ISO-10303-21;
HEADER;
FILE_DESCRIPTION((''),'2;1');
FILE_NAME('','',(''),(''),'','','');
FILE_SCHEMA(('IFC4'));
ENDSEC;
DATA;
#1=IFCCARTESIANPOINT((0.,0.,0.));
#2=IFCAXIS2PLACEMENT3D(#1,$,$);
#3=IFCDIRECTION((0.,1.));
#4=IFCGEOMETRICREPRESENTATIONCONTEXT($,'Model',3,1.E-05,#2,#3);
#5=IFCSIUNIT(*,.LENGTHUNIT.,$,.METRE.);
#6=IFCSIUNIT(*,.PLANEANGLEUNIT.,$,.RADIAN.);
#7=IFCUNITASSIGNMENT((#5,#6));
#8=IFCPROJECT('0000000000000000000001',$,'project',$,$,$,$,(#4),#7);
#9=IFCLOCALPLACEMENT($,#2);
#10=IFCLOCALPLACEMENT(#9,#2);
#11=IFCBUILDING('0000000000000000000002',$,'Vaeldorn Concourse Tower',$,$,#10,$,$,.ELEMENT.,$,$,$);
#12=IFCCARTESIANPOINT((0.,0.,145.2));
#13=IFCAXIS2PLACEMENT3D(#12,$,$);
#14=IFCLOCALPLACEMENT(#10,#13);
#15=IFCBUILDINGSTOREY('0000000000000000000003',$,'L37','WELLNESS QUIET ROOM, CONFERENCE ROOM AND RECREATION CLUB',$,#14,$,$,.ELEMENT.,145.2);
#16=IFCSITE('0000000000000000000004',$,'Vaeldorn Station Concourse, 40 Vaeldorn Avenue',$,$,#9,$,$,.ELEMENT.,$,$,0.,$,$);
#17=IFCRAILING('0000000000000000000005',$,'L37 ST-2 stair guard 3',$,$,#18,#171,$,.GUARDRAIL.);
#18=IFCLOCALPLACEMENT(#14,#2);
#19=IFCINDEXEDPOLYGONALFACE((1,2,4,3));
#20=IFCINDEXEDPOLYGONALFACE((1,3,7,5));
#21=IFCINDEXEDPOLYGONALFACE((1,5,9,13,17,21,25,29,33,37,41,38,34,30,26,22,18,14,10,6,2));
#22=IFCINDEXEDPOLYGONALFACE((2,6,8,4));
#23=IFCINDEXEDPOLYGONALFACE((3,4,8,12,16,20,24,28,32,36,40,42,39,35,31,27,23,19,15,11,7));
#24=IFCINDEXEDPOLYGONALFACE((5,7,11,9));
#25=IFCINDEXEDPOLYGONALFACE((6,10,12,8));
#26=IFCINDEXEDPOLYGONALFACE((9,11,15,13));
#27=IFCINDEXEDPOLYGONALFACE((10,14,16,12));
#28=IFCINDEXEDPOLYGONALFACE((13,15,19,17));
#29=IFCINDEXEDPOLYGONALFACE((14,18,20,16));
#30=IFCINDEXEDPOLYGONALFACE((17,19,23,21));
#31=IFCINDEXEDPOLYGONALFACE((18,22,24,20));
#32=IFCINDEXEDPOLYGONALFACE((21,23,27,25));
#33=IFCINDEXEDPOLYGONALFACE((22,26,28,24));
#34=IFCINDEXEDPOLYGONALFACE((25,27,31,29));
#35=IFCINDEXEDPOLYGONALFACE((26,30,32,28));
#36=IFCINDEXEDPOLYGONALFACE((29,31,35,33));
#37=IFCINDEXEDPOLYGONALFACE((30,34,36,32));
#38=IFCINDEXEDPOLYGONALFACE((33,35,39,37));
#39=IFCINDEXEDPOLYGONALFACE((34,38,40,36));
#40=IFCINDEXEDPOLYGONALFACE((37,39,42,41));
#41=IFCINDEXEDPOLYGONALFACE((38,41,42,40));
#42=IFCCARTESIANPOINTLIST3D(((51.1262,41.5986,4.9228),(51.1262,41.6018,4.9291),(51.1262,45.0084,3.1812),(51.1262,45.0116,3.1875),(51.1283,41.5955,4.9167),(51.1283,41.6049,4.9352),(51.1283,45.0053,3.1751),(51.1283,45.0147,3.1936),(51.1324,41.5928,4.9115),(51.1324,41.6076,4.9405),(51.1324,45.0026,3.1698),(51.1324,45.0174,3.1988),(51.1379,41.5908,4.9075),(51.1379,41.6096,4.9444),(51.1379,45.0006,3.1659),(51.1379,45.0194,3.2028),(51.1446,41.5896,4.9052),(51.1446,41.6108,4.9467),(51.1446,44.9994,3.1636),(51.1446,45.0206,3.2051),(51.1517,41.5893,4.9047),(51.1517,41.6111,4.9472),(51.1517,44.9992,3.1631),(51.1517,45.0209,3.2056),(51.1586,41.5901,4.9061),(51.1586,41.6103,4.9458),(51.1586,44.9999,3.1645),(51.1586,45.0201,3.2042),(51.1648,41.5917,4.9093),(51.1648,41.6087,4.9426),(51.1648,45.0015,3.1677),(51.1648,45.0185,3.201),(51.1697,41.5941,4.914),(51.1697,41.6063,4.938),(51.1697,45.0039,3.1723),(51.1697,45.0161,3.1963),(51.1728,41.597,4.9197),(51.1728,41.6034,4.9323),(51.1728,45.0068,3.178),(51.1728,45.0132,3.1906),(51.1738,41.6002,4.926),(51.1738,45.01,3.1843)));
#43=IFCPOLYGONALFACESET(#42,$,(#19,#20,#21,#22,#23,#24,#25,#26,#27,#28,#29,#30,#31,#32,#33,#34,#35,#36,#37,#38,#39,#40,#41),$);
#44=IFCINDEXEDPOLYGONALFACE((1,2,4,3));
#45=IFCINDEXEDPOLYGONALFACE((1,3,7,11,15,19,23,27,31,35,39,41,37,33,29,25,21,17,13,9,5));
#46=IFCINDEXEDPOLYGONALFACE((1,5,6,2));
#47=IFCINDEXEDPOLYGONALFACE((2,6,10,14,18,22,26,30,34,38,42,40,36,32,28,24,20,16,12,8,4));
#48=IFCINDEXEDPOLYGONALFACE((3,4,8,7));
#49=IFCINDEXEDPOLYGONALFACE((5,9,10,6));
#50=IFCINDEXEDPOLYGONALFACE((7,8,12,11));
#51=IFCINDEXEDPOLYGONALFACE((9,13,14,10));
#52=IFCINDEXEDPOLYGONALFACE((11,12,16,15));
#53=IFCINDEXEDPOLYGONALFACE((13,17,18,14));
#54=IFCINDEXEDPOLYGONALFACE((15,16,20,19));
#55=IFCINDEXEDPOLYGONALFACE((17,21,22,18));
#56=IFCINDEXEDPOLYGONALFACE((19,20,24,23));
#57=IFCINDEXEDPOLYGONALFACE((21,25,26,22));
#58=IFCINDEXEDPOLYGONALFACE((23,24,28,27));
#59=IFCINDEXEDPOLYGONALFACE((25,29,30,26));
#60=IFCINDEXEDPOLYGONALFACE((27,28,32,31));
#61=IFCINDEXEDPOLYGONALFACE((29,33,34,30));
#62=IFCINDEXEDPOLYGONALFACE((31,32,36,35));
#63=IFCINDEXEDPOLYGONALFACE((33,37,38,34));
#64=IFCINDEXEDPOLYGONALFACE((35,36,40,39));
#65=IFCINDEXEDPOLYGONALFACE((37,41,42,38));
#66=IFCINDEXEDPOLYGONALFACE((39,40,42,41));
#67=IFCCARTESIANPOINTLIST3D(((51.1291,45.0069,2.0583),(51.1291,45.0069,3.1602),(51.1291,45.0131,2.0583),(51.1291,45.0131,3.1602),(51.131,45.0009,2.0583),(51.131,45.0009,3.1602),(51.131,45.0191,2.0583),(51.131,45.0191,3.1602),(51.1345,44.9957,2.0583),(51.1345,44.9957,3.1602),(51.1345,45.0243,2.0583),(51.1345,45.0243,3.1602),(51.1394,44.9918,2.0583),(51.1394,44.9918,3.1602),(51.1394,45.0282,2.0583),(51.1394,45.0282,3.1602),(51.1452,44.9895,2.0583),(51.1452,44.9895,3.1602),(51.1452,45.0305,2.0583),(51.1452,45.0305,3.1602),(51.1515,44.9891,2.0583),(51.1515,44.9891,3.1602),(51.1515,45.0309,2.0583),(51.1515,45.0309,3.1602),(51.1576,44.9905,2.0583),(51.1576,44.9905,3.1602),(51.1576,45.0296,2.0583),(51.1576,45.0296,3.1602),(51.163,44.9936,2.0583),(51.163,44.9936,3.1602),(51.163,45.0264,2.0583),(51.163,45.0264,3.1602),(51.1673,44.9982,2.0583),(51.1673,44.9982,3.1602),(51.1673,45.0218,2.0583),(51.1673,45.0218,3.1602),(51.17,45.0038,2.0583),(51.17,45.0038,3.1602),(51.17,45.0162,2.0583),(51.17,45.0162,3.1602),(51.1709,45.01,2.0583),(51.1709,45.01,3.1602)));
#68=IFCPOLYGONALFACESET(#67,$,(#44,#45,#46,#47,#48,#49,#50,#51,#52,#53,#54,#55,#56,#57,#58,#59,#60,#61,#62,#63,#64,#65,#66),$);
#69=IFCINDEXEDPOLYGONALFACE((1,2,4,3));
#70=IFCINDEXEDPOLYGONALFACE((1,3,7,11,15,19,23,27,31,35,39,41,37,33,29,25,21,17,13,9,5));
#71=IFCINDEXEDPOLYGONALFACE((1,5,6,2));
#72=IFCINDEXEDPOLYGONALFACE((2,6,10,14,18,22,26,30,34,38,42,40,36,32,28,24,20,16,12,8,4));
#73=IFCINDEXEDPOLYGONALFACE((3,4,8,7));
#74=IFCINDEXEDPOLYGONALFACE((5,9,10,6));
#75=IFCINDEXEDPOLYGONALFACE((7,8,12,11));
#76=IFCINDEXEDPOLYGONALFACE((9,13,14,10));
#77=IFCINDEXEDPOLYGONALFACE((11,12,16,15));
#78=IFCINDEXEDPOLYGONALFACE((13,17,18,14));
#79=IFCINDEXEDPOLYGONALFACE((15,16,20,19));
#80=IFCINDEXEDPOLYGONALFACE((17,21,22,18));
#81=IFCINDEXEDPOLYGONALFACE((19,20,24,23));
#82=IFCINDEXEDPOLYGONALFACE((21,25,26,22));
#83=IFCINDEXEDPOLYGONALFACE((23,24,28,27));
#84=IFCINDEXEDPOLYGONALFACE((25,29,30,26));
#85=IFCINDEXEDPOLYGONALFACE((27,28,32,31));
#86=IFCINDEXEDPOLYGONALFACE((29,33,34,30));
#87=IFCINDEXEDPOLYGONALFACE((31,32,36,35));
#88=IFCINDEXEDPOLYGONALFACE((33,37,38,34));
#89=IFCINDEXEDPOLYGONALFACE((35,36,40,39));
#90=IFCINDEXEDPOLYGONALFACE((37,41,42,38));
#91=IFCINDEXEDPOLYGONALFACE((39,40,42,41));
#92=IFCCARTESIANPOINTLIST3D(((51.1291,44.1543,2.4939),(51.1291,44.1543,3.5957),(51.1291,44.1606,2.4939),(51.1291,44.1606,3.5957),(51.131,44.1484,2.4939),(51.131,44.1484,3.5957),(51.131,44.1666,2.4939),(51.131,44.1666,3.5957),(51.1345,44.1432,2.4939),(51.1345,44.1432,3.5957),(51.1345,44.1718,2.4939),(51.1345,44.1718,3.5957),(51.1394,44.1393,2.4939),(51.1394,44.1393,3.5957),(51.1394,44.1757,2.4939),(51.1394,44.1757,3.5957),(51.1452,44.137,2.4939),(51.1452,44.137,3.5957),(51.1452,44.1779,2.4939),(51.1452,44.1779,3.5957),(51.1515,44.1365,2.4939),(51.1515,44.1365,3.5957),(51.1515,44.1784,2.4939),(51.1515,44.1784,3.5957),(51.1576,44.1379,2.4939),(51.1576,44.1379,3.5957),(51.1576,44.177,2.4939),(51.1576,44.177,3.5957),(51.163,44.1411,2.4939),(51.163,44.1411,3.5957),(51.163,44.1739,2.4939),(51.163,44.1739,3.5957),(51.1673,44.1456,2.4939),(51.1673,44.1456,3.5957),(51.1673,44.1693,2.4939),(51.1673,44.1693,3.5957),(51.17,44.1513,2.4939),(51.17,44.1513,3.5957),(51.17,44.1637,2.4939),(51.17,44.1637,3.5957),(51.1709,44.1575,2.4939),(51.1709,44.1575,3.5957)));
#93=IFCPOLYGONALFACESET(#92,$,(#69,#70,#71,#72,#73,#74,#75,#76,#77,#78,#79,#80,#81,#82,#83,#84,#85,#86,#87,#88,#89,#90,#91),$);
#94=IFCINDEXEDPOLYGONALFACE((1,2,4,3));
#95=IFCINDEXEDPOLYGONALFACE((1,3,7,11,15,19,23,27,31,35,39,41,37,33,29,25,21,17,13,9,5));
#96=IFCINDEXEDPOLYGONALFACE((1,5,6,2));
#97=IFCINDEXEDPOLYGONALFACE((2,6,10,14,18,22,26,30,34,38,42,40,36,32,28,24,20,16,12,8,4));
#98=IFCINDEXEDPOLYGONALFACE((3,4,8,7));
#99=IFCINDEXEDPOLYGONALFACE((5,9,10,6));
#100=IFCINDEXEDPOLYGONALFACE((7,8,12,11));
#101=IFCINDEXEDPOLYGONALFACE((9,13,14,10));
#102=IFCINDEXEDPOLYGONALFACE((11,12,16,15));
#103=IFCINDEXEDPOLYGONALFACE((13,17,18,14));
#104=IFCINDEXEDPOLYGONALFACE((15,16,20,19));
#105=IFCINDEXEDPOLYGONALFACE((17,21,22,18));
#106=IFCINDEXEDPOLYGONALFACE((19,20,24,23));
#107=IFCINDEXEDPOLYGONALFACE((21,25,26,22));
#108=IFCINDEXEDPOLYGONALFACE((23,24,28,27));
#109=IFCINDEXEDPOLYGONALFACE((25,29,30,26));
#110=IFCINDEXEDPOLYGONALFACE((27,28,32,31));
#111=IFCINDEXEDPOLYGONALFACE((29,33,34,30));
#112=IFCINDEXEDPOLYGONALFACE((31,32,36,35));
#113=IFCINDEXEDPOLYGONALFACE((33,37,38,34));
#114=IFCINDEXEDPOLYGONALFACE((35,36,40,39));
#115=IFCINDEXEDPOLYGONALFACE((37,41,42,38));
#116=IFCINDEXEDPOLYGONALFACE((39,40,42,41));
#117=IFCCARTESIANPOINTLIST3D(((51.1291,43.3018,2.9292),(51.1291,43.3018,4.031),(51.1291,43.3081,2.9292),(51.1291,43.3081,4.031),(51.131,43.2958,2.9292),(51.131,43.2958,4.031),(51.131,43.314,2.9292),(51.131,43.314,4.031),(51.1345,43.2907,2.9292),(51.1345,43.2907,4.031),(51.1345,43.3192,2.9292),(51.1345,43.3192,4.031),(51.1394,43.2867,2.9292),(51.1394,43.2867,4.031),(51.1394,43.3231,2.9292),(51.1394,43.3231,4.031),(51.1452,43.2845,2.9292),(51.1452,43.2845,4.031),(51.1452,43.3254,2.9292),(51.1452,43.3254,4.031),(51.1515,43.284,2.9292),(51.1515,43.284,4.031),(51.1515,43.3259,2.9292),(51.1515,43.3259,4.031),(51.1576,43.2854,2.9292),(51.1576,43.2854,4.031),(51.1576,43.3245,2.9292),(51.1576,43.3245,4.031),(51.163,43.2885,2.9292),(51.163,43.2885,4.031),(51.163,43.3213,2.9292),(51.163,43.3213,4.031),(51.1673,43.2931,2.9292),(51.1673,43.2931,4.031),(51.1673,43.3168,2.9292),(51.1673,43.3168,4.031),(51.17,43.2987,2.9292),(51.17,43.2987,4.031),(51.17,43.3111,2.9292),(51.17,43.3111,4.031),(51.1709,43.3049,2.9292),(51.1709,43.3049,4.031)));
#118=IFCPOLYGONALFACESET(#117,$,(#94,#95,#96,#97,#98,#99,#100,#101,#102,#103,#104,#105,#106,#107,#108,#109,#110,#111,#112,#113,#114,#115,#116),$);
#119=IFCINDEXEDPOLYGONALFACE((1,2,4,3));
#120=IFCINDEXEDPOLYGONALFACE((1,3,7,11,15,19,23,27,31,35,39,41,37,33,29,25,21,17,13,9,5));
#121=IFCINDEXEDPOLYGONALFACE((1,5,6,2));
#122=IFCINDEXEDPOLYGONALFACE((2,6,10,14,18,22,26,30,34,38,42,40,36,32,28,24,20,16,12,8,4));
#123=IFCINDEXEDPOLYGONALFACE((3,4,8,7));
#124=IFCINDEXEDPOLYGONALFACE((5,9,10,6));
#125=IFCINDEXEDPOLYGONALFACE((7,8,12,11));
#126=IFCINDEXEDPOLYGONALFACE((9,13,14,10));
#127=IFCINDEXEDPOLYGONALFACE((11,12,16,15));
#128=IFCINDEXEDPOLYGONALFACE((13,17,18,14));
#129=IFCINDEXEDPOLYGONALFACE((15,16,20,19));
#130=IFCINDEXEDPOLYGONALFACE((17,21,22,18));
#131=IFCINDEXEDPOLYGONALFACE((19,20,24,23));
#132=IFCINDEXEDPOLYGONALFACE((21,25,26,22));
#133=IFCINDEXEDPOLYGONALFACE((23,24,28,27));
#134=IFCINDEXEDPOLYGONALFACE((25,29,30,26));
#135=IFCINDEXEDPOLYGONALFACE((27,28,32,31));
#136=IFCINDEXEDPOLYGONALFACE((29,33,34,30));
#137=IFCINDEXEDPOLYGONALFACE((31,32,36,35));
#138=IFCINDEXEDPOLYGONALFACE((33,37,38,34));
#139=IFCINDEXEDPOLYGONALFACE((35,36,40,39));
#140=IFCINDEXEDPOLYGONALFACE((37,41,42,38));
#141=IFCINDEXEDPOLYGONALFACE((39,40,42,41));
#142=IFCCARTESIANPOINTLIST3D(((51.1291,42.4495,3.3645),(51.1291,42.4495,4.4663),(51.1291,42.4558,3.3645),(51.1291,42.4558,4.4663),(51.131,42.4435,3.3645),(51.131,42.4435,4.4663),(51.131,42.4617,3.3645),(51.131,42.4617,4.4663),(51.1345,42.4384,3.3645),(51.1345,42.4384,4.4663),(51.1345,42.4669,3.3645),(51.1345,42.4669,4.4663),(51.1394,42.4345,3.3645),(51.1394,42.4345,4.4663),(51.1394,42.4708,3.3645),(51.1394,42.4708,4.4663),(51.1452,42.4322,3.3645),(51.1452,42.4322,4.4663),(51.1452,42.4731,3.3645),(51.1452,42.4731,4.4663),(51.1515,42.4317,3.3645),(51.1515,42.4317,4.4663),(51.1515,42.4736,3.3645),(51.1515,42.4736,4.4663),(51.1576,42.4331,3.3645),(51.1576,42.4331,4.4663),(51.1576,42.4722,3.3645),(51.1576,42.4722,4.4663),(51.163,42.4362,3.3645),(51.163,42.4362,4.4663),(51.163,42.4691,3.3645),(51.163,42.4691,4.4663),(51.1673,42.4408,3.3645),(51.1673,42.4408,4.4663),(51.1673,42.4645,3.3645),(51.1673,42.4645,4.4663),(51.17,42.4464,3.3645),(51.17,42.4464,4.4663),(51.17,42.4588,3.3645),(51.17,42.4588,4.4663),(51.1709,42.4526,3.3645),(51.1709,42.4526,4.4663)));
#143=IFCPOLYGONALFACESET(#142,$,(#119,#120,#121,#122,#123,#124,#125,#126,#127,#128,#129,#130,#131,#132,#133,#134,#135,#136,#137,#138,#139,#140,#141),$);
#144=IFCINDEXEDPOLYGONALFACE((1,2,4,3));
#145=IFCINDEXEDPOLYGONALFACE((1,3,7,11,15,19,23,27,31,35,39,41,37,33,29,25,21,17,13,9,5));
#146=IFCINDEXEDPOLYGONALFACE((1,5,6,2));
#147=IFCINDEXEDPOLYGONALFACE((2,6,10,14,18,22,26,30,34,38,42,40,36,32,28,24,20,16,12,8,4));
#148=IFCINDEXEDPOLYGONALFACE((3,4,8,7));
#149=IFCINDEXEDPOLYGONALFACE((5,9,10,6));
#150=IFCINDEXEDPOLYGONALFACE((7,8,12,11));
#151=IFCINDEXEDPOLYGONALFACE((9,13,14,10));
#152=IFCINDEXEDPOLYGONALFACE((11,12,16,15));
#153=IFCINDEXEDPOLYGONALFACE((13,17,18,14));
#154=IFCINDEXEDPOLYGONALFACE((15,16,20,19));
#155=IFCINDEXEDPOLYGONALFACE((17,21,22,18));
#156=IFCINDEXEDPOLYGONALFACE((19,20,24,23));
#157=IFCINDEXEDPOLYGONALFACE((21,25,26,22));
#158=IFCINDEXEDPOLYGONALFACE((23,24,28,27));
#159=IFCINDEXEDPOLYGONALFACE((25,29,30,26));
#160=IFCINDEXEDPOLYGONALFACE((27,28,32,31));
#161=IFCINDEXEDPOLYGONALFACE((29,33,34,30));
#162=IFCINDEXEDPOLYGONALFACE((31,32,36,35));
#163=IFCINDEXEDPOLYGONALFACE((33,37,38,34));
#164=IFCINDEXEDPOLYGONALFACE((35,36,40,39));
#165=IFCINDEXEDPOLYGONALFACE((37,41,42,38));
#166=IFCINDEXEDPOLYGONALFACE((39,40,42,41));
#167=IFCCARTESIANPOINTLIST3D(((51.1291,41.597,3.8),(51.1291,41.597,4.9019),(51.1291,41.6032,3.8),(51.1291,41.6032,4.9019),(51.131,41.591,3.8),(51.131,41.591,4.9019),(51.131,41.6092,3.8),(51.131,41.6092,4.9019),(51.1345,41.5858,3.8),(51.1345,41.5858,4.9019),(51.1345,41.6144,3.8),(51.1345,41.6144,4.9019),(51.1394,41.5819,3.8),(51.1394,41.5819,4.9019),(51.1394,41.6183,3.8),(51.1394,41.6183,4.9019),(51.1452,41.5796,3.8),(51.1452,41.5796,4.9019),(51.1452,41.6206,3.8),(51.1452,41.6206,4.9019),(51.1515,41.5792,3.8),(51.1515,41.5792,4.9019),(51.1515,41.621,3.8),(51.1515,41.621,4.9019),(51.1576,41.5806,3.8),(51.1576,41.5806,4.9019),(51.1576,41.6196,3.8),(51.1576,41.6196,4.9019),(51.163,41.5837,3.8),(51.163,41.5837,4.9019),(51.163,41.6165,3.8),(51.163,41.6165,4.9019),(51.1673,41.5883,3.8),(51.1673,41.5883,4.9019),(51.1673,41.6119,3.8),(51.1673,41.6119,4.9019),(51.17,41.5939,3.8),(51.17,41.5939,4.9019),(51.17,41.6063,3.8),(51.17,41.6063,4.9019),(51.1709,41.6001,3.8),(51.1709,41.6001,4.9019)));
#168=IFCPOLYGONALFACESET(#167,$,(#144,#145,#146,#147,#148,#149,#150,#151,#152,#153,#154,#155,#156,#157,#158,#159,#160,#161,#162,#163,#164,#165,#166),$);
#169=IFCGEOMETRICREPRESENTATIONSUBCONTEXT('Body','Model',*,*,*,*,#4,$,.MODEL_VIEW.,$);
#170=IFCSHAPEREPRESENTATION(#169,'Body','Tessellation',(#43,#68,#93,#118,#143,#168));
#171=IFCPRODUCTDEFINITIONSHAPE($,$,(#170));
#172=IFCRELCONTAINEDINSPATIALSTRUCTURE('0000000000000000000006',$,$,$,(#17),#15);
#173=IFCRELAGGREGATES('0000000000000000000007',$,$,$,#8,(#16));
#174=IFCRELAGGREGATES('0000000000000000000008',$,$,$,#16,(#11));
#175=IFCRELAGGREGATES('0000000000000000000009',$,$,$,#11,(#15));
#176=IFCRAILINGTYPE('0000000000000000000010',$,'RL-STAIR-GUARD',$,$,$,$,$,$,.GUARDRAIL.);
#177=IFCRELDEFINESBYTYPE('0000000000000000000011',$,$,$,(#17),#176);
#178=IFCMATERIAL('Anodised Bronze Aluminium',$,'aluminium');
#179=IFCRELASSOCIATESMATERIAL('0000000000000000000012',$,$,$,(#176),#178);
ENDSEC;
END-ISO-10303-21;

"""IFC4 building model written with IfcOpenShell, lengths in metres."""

from ifc_helpers import new_model, si_unit, direction, frame, origin, origin_2d, place, context, subcontext, project, spatial, circle, extrude, material, type_object, element, save


model = new_model("IFC4")

# Units and contexts
model_context = context("Model", 3, precision=1e-05, world=origin(), true_north=direction((0.0, 1.0)))
body_context = subcontext(model_context, "Body", "Model", "MODEL_VIEW")
ifc_project = project(units=[si_unit("LENGTHUNIT", "METRE"), si_unit("PLANEANGLEUNIT", "RADIAN")], contexts=[model_context])

# Site, building, storey
site_placement = place(None, origin())
site = spatial("IfcSite", under=ifc_project, at=site_placement, Name="Vaeldorn Station Concourse, 40 Vaeldorn Avenue", CompositionType="ELEMENT", RefElevation=0.0)
building_placement = place(site_placement, origin())
building = spatial("IfcBuilding", under=site, at=building_placement, Name="Vaeldorn Concourse Tower", CompositionType="ELEMENT")
storey_placement = place(building_placement, frame((0.0, 0.0, 145.2)))
storey = spatial("IfcBuildingStorey", under=building, at=storey_placement, Name="L37", Description="WELLNESS QUIET ROOM, CONFERENCE ROOM AND RECREATION CLUB", CompositionType="ELEMENT", Elevation=145.2)

# Shared definitions
ifc_material_1 = material(Name="Anodised Bronze Aluminium", Category="aluminium")

# Railing
railing_type_1 = type_object("IfcRailingType", Name="RL-STAIR-GUARD", PredefinedType="GUARDRAIL", material=ifc_material_1)
railing_1_placement = place(storey_placement, frame((51.1499, 45.01, 2.0583)))
element("IfcRailing", 1, at=railing_1_placement, inside=storey, type_object=railing_type_1, Name="L37 ST-2 stair guard 3", PredefinedType="GUARDRAIL", context=body_context, shape_type="SweptSolid", body=[
    extrude(circle(Radius=0.0239, at=origin_2d()), frame((0.0, 0.0, 1.126), z_axis=(0.0, -0.890556, 0.454874), x_axis=(1.0, 0.0, 0.0)), (0.0, 0.0, 1.0), 3.8289),
    extrude(circle(Radius=0.021, at=origin_2d()), origin(), (0.0, 0.0, 1.0), 1.1018),
    extrude(circle(Radius=0.021, at=origin_2d()), frame((0.0, -0.8525, 0.4355)), (0.0, 0.0, 1.0), 1.1018),
    extrude(circle(Radius=0.021, at=origin_2d()), frame((0.0, -1.7051, 0.8708)), (0.0, 0.0, 1.0), 1.1018),
    extrude(circle(Radius=0.021, at=origin_2d()), frame((0.0, -2.5574, 1.3062)), (0.0, 0.0, 1.0), 1.1018),
    extrude(circle(Radius=0.021, at=origin_2d()), frame((0.0, -3.4099, 1.7417)), (0.0, 0.0, 1.0), 1.1018),
])

save(model, "model.ifc")
